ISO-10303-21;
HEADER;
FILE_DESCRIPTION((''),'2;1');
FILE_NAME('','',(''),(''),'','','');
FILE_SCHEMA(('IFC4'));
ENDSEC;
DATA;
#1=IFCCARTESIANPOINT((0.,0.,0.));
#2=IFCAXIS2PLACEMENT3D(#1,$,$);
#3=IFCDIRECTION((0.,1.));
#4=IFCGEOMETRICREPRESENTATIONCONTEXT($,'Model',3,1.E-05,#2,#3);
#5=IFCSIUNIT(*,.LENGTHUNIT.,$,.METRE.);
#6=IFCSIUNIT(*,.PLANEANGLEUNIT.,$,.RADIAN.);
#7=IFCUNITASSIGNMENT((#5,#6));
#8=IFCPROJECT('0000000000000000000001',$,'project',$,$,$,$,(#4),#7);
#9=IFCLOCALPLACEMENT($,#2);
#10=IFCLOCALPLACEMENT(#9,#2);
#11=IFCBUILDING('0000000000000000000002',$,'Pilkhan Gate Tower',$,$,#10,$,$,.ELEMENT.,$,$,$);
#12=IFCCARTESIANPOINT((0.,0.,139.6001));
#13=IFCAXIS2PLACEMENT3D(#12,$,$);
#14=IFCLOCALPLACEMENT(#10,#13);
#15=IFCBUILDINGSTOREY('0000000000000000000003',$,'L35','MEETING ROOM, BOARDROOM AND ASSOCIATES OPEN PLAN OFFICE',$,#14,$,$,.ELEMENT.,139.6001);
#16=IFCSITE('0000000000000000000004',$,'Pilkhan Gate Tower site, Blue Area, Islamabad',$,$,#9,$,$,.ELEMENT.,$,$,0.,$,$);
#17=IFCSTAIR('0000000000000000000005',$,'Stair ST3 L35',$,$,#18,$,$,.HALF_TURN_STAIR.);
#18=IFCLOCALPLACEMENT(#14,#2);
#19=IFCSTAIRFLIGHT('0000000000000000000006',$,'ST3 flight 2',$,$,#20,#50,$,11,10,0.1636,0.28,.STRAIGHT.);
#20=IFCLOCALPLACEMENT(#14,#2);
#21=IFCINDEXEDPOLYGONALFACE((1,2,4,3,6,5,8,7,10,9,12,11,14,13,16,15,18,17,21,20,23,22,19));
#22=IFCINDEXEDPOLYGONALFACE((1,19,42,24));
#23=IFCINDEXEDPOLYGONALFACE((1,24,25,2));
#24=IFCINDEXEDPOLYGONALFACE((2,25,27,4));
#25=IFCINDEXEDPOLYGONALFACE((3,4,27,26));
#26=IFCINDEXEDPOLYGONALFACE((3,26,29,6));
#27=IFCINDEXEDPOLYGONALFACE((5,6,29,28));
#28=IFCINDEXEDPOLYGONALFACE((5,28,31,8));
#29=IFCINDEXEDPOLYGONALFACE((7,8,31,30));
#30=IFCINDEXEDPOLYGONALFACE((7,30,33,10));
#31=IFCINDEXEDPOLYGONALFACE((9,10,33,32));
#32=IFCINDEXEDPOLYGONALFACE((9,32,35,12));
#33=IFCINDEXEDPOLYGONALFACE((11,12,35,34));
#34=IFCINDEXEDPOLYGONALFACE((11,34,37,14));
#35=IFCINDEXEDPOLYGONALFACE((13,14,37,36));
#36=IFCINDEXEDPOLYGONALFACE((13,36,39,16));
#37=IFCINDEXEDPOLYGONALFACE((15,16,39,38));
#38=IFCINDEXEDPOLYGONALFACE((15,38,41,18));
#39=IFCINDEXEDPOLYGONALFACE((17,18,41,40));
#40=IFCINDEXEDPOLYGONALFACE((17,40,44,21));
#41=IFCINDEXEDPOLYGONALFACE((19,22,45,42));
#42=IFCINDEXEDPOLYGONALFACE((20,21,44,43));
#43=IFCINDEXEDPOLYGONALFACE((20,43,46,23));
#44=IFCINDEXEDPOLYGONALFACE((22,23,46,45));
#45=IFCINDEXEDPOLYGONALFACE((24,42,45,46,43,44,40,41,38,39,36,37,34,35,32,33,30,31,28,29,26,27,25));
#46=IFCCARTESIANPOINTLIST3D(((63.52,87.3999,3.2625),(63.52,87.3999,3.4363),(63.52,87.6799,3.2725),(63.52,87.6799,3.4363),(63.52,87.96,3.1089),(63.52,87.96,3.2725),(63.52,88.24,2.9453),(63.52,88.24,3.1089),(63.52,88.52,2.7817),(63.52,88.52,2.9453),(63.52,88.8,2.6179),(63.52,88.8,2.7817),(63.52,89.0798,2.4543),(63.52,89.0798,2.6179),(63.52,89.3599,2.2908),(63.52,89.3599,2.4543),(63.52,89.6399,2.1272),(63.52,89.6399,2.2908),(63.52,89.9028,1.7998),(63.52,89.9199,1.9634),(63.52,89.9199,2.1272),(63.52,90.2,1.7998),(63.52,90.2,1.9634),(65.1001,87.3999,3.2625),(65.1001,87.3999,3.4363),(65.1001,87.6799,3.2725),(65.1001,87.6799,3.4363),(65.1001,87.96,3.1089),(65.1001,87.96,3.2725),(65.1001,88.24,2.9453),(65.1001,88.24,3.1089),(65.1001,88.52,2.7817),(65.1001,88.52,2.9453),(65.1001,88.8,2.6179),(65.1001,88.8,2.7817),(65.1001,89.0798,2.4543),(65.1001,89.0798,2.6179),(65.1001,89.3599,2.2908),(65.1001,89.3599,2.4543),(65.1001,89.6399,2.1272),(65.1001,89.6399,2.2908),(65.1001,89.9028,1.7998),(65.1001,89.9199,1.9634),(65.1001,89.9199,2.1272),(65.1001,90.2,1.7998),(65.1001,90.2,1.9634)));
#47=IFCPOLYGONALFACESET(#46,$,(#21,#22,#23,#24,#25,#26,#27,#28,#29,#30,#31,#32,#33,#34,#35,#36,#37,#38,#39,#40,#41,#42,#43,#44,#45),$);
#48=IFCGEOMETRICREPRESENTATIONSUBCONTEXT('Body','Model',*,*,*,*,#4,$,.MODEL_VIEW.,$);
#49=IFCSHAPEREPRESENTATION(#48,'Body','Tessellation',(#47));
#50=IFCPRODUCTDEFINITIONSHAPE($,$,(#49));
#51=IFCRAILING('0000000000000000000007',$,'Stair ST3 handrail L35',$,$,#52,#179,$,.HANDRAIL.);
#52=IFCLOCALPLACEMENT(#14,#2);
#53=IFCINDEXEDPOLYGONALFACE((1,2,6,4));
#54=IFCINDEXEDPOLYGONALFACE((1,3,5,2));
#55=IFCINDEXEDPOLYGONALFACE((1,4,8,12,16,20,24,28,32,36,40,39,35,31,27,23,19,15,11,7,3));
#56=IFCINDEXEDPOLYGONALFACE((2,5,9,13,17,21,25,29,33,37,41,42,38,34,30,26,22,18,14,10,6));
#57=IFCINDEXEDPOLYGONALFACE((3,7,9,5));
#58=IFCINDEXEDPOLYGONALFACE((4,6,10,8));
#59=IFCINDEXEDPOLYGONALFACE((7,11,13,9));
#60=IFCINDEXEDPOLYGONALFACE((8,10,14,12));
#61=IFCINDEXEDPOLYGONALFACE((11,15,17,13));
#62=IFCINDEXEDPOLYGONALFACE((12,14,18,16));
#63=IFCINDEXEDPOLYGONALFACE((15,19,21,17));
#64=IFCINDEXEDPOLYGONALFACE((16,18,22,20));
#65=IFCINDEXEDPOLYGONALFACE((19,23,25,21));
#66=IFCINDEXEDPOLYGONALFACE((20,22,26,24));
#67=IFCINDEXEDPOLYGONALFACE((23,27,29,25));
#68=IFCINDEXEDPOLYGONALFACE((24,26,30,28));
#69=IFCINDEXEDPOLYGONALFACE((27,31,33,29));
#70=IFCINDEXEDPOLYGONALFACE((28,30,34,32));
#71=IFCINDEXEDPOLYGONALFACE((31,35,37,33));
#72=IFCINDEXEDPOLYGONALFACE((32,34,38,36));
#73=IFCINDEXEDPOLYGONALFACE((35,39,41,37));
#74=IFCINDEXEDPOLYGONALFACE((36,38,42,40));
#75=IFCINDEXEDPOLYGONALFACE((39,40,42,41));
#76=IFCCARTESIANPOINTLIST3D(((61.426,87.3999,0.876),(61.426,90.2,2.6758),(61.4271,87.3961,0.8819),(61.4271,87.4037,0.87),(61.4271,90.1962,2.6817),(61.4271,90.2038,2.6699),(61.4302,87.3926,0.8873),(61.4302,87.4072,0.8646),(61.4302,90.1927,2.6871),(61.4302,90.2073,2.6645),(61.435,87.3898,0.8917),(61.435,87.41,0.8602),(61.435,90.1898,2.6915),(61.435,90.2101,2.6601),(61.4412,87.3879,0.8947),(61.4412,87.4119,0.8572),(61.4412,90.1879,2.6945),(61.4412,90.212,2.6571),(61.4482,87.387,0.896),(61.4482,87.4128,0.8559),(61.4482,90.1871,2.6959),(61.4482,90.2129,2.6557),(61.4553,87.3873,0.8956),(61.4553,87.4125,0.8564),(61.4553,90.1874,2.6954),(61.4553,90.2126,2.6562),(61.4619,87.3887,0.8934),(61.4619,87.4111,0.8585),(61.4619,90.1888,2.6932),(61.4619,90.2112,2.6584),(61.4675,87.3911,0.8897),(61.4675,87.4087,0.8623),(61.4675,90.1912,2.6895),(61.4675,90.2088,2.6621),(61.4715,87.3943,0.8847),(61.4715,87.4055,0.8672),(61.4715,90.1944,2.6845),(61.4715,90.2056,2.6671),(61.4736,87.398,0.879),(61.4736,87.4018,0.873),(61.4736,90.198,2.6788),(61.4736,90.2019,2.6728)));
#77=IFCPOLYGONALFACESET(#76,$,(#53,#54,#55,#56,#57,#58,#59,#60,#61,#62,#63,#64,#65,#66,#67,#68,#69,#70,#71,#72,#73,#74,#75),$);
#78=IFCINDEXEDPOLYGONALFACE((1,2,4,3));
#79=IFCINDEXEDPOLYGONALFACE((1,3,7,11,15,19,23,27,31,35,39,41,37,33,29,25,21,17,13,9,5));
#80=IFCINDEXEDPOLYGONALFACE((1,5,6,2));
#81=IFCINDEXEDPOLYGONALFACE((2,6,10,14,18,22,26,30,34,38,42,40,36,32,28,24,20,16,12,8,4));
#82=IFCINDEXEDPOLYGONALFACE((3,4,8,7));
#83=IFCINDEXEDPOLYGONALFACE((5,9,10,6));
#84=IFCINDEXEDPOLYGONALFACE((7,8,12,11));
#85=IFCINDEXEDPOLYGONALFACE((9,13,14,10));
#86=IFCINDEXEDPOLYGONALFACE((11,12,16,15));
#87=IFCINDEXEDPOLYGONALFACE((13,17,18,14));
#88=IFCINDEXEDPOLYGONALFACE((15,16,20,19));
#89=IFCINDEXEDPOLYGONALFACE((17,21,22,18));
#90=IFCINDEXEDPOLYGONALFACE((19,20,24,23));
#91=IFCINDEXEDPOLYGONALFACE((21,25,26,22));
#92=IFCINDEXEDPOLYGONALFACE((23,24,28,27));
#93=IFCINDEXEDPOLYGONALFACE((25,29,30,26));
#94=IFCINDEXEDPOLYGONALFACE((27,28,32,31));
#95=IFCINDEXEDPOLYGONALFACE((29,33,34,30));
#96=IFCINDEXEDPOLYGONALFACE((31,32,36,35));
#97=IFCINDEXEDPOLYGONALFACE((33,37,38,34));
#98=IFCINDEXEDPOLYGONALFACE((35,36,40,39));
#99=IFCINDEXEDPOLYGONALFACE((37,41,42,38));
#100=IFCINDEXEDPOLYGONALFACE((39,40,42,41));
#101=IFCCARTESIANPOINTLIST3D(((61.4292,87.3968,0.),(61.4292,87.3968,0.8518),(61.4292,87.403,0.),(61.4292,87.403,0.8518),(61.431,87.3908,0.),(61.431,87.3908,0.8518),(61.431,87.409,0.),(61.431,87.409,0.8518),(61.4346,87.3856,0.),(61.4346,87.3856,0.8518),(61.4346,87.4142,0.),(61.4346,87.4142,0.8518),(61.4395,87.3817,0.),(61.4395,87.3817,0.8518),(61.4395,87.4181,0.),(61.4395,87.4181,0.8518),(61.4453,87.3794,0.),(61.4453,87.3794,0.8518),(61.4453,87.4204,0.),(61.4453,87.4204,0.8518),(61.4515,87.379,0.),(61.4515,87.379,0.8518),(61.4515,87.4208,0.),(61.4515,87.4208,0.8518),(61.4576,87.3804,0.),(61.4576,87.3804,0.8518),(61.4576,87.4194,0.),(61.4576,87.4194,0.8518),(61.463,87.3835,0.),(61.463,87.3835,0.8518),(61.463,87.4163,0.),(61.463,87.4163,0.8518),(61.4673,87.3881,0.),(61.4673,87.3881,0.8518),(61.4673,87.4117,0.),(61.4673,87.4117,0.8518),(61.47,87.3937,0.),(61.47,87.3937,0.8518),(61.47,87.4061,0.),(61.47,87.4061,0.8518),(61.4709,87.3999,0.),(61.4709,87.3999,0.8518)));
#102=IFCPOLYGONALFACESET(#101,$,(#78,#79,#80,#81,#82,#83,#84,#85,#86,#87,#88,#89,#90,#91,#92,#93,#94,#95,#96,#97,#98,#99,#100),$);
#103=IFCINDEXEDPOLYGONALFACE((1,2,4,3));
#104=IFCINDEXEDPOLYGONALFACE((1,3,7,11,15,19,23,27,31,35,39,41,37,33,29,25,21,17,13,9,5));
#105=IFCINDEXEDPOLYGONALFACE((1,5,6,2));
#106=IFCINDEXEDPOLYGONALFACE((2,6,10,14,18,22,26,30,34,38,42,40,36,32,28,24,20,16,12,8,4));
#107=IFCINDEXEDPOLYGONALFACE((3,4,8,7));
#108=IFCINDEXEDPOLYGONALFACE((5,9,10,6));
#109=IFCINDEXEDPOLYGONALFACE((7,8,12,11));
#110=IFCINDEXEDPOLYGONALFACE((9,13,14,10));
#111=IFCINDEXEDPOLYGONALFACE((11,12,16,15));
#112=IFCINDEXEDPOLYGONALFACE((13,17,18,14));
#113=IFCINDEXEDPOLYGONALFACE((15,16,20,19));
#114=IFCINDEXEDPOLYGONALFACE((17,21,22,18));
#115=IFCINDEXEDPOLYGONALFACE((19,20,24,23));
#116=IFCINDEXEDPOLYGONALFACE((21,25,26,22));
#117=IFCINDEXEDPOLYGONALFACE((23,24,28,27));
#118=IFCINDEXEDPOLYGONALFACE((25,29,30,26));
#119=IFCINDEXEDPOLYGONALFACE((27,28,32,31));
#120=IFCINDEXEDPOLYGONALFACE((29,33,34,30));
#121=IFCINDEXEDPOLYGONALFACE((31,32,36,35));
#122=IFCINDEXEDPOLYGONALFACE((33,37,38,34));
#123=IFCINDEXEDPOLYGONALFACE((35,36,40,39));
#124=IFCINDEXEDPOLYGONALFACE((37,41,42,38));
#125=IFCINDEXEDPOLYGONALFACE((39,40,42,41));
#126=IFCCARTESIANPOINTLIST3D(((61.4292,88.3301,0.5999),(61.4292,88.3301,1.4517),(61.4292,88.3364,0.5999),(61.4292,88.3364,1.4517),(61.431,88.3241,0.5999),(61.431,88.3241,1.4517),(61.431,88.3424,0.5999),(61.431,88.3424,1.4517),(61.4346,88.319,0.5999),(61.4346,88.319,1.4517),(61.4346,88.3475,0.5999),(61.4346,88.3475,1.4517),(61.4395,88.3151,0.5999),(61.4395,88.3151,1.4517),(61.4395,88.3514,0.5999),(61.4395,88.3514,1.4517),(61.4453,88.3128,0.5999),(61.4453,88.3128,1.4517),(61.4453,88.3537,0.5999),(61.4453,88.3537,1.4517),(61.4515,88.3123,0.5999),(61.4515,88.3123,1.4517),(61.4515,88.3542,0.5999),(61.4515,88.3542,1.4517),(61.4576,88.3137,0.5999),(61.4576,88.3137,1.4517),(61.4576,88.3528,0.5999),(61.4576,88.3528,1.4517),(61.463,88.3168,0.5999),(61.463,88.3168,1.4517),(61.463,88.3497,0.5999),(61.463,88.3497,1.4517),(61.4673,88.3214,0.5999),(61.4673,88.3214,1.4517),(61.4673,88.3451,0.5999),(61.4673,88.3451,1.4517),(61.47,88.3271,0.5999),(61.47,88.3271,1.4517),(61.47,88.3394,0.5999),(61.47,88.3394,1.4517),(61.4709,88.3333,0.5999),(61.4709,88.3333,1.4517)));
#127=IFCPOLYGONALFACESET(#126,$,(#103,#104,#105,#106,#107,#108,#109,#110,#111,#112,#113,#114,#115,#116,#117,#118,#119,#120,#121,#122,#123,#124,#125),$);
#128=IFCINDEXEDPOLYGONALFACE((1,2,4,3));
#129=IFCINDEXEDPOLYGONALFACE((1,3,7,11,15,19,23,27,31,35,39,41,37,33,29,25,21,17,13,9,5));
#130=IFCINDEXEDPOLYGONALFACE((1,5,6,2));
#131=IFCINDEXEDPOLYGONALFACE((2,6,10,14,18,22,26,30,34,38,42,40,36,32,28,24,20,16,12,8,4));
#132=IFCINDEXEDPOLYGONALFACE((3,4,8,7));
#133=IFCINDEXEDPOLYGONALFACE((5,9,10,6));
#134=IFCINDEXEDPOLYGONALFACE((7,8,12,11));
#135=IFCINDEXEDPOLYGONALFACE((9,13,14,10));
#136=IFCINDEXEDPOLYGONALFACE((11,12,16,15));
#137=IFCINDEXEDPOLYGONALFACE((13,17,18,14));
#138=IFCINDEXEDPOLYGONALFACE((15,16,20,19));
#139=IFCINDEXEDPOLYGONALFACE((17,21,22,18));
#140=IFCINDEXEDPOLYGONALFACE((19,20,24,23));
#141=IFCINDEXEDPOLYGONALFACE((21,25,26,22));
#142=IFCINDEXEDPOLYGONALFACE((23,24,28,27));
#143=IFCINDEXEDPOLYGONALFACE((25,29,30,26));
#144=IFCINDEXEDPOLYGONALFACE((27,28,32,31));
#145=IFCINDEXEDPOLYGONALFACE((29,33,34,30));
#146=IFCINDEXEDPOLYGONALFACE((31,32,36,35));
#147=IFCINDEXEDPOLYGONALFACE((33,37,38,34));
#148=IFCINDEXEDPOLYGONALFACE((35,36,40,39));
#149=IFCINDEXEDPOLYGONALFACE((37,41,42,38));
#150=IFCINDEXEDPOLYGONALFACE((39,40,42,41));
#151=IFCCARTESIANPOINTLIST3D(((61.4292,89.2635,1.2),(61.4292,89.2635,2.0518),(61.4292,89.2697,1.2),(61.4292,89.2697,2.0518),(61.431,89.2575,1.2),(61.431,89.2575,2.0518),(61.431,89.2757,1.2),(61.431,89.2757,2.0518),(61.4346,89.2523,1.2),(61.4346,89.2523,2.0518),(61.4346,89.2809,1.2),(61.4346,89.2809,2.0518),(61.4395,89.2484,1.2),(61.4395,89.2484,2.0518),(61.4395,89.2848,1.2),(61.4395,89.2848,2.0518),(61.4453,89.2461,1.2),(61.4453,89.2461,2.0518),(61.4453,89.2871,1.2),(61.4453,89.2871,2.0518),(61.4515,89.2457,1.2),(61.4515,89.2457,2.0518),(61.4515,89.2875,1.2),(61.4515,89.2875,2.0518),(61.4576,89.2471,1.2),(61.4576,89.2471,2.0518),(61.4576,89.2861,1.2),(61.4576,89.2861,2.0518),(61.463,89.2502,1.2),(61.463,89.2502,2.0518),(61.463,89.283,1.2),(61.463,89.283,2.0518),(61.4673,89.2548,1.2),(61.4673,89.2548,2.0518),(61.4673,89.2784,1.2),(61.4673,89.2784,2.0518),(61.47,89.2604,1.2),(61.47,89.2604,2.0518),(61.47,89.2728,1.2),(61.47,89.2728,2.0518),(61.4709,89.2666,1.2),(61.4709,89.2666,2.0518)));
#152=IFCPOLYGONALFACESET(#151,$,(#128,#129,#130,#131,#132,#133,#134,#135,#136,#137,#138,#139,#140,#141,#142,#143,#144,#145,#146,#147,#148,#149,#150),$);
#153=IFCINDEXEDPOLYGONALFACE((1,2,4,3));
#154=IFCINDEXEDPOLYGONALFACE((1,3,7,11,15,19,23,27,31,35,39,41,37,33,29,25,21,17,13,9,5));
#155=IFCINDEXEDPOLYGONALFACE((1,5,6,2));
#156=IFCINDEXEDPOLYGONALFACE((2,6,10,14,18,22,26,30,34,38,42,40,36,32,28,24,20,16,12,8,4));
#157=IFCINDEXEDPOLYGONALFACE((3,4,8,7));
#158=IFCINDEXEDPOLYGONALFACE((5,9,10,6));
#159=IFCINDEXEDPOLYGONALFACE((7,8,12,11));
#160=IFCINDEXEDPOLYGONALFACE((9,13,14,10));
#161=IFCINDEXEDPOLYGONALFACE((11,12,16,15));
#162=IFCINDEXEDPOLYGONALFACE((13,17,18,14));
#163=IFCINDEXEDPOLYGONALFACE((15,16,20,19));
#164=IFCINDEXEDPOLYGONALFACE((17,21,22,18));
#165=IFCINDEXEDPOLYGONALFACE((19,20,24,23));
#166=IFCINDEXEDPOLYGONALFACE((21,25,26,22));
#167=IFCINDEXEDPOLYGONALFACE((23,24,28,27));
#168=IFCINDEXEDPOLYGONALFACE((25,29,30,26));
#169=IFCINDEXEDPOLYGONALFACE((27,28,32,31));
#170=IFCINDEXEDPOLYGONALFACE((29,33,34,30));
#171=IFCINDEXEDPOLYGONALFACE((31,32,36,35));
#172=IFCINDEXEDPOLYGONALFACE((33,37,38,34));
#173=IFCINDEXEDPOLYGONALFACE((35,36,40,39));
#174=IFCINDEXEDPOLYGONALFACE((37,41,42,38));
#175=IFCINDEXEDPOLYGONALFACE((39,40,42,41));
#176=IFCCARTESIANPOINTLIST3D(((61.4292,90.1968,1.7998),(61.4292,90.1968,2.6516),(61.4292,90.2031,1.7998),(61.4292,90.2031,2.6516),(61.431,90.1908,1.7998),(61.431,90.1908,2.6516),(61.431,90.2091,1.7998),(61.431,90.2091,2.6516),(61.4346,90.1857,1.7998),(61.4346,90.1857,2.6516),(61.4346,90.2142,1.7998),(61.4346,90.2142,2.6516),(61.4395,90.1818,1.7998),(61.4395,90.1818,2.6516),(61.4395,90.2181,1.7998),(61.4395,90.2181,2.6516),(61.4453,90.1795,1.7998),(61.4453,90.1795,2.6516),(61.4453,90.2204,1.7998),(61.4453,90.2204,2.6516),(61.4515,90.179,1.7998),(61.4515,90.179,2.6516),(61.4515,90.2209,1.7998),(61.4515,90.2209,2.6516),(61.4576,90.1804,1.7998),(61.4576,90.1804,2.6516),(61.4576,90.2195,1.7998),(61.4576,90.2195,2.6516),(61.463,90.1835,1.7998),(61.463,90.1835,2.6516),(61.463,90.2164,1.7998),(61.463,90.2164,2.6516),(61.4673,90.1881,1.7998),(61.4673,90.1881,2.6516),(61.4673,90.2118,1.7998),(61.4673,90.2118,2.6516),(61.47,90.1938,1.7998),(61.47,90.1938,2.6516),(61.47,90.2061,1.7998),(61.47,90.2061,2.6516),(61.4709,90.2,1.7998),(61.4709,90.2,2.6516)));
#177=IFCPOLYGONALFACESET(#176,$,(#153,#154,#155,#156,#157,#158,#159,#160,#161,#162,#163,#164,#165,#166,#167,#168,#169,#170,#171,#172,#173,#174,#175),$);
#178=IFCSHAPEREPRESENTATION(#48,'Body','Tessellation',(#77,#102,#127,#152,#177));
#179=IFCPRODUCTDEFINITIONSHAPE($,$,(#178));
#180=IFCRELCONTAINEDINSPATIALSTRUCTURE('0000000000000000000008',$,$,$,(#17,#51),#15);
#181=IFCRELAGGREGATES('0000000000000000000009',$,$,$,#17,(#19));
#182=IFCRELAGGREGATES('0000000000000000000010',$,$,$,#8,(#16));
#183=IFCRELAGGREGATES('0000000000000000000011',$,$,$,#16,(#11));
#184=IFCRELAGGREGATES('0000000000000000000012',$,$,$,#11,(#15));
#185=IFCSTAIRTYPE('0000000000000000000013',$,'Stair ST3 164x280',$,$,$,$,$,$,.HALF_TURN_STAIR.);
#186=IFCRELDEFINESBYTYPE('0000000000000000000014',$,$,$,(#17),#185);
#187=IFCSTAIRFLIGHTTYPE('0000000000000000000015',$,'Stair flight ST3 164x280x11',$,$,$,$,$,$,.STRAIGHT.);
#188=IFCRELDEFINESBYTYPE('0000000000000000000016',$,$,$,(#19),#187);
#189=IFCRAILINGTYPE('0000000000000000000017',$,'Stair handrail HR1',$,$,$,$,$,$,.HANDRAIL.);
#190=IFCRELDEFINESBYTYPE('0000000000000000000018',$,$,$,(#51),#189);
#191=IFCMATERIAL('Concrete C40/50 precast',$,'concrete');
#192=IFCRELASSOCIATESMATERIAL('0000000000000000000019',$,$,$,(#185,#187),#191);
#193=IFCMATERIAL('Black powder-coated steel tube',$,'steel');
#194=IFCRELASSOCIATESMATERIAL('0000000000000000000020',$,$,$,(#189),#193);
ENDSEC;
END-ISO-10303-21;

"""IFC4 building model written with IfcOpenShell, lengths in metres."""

from ifc_helpers import new_model, si_unit, direction, frame, origin, origin_2d, place, context, subcontext, project, spatial, polyline, circle, outline, extrude, material, type_object, element, aggregate, save


model = new_model("IFC4")

# Units and contexts
model_context = context("Model", 3, precision=1e-05, world=origin(), true_north=direction((0.0, 1.0)))
body_context = subcontext(model_context, "Body", "Model", "MODEL_VIEW")
ifc_project = project(units=[si_unit("LENGTHUNIT", "METRE"), si_unit("PLANEANGLEUNIT", "RADIAN")], contexts=[model_context])

# Site, building, storey
site_placement = place(None, origin())
site = spatial("IfcSite", under=ifc_project, at=site_placement, Name="Pilkhan Gate Tower site, Blue Area, Islamabad", CompositionType="ELEMENT", RefElevation=0.0)
building_placement = place(site_placement, origin())
building = spatial("IfcBuilding", under=site, at=building_placement, Name="Pilkhan Gate Tower", CompositionType="ELEMENT")
storey_placement = place(building_placement, frame((0.0, 0.0, 139.6001)))
storey = spatial("IfcBuildingStorey", under=building, at=storey_placement, Name="L35", Description="MEETING ROOM, BOARDROOM AND ASSOCIATES OPEN PLAN OFFICE", CompositionType="ELEMENT", Elevation=139.6001)

# Stair, stair flight
ifc_material_1 = material(Name="Concrete C40/50 precast", Category="concrete")
stair_type = type_object("IfcStairType", Name="Stair ST3 164x280", PredefinedType="HALF_TURN_STAIR", material=ifc_material_1)
stair_placement = place(storey_placement, origin())
stair = element("IfcStair", 1, at=stair_placement, inside=storey, type_object=stair_type, Name="Stair ST3 L35", PredefinedType="HALF_TURN_STAIR")
stair_flight_type = type_object("IfcStairFlightType", Name="Stair flight ST3 164x280x11", PredefinedType="STRAIGHT", material=ifc_material_1)
stair_flight_1_placement = place(storey_placement, frame((64.3101, 90.2, 1.7998), z_axis=(0.0, 0.0, 1.0), x_axis=(0.0, -1.0, 0.0)))
stair_flight_1 = element("IfcStairFlight", 2, at=stair_flight_1_placement, type_object=stair_flight_type, Name="ST3 flight 2", NumberOfRisers=11, NumberOfTreads=10, PredefinedType="STRAIGHT", RiserHeight=0.1636, TreadLength=0.28, context=body_context, shape_type="SweptSolid", body=[
    extrude(outline(polyline([(0.0, 0.0), (0.0, 0.1636), (0.28, 0.1636), (0.28, 0.3274), (0.5601, 0.3274), (0.5601, 0.491), (0.8401, 0.491), (0.8401, 0.6545), (1.1201, 0.6545), (1.1201, 0.8181), (1.3999, 0.8181), (1.3999, 0.9819), (1.6799, 0.9819), (1.6799, 1.1455), (1.96, 1.1455), (1.96, 1.3091), (2.24, 1.3091), (2.24, 1.4727), (2.52, 1.4727), (2.52, 1.6365), (2.8, 1.6365), (2.8, 1.8), (2.8, 1.4626), (0.2971, 0.0), (0.0, 0.0)])), frame((0.0, 0.79, 0.0), z_axis=(0.0, -1.0, 0.0), x_axis=(1.0, 0.0, 0.0)), (0.0, 0.0, 1.0), 1.5801),
])
aggregate(stair, [stair_flight_1])

# Railing
ifc_material_2 = material(Name="Black powder-coated steel tube", Category="steel")
railing_type_1 = type_object("IfcRailingType", Name="Stair handrail HR1", PredefinedType="HANDRAIL", material=ifc_material_2)
railing_1_placement = place(storey_placement, frame((61.45, 87.3999, 0.0)))
element("IfcRailing", 3, at=railing_1_placement, inside=storey, type_object=railing_type_1, Name="Stair ST3 handrail L35", PredefinedType="HANDRAIL", context=body_context, shape_type="SweptSolid", body=[
    extrude(circle(Radius=0.0239, at=origin_2d()), frame((0.0, 0.0, 0.876), z_axis=(0.0, 0.841209, 0.540709), x_axis=(-1.0, 0.0, 0.0)), (0.0, 0.0, 1.0), 3.3286),
    extrude(circle(Radius=0.021, at=origin_2d()), origin(), (0.0, 0.0, 1.0), 0.8518),
    extrude(circle(Radius=0.021, at=origin_2d()), frame((0.0, 0.9333, 0.5999)), (0.0, 0.0, 1.0), 0.8518),
    extrude(circle(Radius=0.021, at=origin_2d()), frame((0.0, 1.8667, 1.2)), (0.0, 0.0, 1.0), 0.8518),
    extrude(circle(Radius=0.021, at=origin_2d()), frame((0.0, 2.8, 1.7998)), (0.0, 0.0, 1.0), 0.8518),
])

save(model, "model.ifc")
